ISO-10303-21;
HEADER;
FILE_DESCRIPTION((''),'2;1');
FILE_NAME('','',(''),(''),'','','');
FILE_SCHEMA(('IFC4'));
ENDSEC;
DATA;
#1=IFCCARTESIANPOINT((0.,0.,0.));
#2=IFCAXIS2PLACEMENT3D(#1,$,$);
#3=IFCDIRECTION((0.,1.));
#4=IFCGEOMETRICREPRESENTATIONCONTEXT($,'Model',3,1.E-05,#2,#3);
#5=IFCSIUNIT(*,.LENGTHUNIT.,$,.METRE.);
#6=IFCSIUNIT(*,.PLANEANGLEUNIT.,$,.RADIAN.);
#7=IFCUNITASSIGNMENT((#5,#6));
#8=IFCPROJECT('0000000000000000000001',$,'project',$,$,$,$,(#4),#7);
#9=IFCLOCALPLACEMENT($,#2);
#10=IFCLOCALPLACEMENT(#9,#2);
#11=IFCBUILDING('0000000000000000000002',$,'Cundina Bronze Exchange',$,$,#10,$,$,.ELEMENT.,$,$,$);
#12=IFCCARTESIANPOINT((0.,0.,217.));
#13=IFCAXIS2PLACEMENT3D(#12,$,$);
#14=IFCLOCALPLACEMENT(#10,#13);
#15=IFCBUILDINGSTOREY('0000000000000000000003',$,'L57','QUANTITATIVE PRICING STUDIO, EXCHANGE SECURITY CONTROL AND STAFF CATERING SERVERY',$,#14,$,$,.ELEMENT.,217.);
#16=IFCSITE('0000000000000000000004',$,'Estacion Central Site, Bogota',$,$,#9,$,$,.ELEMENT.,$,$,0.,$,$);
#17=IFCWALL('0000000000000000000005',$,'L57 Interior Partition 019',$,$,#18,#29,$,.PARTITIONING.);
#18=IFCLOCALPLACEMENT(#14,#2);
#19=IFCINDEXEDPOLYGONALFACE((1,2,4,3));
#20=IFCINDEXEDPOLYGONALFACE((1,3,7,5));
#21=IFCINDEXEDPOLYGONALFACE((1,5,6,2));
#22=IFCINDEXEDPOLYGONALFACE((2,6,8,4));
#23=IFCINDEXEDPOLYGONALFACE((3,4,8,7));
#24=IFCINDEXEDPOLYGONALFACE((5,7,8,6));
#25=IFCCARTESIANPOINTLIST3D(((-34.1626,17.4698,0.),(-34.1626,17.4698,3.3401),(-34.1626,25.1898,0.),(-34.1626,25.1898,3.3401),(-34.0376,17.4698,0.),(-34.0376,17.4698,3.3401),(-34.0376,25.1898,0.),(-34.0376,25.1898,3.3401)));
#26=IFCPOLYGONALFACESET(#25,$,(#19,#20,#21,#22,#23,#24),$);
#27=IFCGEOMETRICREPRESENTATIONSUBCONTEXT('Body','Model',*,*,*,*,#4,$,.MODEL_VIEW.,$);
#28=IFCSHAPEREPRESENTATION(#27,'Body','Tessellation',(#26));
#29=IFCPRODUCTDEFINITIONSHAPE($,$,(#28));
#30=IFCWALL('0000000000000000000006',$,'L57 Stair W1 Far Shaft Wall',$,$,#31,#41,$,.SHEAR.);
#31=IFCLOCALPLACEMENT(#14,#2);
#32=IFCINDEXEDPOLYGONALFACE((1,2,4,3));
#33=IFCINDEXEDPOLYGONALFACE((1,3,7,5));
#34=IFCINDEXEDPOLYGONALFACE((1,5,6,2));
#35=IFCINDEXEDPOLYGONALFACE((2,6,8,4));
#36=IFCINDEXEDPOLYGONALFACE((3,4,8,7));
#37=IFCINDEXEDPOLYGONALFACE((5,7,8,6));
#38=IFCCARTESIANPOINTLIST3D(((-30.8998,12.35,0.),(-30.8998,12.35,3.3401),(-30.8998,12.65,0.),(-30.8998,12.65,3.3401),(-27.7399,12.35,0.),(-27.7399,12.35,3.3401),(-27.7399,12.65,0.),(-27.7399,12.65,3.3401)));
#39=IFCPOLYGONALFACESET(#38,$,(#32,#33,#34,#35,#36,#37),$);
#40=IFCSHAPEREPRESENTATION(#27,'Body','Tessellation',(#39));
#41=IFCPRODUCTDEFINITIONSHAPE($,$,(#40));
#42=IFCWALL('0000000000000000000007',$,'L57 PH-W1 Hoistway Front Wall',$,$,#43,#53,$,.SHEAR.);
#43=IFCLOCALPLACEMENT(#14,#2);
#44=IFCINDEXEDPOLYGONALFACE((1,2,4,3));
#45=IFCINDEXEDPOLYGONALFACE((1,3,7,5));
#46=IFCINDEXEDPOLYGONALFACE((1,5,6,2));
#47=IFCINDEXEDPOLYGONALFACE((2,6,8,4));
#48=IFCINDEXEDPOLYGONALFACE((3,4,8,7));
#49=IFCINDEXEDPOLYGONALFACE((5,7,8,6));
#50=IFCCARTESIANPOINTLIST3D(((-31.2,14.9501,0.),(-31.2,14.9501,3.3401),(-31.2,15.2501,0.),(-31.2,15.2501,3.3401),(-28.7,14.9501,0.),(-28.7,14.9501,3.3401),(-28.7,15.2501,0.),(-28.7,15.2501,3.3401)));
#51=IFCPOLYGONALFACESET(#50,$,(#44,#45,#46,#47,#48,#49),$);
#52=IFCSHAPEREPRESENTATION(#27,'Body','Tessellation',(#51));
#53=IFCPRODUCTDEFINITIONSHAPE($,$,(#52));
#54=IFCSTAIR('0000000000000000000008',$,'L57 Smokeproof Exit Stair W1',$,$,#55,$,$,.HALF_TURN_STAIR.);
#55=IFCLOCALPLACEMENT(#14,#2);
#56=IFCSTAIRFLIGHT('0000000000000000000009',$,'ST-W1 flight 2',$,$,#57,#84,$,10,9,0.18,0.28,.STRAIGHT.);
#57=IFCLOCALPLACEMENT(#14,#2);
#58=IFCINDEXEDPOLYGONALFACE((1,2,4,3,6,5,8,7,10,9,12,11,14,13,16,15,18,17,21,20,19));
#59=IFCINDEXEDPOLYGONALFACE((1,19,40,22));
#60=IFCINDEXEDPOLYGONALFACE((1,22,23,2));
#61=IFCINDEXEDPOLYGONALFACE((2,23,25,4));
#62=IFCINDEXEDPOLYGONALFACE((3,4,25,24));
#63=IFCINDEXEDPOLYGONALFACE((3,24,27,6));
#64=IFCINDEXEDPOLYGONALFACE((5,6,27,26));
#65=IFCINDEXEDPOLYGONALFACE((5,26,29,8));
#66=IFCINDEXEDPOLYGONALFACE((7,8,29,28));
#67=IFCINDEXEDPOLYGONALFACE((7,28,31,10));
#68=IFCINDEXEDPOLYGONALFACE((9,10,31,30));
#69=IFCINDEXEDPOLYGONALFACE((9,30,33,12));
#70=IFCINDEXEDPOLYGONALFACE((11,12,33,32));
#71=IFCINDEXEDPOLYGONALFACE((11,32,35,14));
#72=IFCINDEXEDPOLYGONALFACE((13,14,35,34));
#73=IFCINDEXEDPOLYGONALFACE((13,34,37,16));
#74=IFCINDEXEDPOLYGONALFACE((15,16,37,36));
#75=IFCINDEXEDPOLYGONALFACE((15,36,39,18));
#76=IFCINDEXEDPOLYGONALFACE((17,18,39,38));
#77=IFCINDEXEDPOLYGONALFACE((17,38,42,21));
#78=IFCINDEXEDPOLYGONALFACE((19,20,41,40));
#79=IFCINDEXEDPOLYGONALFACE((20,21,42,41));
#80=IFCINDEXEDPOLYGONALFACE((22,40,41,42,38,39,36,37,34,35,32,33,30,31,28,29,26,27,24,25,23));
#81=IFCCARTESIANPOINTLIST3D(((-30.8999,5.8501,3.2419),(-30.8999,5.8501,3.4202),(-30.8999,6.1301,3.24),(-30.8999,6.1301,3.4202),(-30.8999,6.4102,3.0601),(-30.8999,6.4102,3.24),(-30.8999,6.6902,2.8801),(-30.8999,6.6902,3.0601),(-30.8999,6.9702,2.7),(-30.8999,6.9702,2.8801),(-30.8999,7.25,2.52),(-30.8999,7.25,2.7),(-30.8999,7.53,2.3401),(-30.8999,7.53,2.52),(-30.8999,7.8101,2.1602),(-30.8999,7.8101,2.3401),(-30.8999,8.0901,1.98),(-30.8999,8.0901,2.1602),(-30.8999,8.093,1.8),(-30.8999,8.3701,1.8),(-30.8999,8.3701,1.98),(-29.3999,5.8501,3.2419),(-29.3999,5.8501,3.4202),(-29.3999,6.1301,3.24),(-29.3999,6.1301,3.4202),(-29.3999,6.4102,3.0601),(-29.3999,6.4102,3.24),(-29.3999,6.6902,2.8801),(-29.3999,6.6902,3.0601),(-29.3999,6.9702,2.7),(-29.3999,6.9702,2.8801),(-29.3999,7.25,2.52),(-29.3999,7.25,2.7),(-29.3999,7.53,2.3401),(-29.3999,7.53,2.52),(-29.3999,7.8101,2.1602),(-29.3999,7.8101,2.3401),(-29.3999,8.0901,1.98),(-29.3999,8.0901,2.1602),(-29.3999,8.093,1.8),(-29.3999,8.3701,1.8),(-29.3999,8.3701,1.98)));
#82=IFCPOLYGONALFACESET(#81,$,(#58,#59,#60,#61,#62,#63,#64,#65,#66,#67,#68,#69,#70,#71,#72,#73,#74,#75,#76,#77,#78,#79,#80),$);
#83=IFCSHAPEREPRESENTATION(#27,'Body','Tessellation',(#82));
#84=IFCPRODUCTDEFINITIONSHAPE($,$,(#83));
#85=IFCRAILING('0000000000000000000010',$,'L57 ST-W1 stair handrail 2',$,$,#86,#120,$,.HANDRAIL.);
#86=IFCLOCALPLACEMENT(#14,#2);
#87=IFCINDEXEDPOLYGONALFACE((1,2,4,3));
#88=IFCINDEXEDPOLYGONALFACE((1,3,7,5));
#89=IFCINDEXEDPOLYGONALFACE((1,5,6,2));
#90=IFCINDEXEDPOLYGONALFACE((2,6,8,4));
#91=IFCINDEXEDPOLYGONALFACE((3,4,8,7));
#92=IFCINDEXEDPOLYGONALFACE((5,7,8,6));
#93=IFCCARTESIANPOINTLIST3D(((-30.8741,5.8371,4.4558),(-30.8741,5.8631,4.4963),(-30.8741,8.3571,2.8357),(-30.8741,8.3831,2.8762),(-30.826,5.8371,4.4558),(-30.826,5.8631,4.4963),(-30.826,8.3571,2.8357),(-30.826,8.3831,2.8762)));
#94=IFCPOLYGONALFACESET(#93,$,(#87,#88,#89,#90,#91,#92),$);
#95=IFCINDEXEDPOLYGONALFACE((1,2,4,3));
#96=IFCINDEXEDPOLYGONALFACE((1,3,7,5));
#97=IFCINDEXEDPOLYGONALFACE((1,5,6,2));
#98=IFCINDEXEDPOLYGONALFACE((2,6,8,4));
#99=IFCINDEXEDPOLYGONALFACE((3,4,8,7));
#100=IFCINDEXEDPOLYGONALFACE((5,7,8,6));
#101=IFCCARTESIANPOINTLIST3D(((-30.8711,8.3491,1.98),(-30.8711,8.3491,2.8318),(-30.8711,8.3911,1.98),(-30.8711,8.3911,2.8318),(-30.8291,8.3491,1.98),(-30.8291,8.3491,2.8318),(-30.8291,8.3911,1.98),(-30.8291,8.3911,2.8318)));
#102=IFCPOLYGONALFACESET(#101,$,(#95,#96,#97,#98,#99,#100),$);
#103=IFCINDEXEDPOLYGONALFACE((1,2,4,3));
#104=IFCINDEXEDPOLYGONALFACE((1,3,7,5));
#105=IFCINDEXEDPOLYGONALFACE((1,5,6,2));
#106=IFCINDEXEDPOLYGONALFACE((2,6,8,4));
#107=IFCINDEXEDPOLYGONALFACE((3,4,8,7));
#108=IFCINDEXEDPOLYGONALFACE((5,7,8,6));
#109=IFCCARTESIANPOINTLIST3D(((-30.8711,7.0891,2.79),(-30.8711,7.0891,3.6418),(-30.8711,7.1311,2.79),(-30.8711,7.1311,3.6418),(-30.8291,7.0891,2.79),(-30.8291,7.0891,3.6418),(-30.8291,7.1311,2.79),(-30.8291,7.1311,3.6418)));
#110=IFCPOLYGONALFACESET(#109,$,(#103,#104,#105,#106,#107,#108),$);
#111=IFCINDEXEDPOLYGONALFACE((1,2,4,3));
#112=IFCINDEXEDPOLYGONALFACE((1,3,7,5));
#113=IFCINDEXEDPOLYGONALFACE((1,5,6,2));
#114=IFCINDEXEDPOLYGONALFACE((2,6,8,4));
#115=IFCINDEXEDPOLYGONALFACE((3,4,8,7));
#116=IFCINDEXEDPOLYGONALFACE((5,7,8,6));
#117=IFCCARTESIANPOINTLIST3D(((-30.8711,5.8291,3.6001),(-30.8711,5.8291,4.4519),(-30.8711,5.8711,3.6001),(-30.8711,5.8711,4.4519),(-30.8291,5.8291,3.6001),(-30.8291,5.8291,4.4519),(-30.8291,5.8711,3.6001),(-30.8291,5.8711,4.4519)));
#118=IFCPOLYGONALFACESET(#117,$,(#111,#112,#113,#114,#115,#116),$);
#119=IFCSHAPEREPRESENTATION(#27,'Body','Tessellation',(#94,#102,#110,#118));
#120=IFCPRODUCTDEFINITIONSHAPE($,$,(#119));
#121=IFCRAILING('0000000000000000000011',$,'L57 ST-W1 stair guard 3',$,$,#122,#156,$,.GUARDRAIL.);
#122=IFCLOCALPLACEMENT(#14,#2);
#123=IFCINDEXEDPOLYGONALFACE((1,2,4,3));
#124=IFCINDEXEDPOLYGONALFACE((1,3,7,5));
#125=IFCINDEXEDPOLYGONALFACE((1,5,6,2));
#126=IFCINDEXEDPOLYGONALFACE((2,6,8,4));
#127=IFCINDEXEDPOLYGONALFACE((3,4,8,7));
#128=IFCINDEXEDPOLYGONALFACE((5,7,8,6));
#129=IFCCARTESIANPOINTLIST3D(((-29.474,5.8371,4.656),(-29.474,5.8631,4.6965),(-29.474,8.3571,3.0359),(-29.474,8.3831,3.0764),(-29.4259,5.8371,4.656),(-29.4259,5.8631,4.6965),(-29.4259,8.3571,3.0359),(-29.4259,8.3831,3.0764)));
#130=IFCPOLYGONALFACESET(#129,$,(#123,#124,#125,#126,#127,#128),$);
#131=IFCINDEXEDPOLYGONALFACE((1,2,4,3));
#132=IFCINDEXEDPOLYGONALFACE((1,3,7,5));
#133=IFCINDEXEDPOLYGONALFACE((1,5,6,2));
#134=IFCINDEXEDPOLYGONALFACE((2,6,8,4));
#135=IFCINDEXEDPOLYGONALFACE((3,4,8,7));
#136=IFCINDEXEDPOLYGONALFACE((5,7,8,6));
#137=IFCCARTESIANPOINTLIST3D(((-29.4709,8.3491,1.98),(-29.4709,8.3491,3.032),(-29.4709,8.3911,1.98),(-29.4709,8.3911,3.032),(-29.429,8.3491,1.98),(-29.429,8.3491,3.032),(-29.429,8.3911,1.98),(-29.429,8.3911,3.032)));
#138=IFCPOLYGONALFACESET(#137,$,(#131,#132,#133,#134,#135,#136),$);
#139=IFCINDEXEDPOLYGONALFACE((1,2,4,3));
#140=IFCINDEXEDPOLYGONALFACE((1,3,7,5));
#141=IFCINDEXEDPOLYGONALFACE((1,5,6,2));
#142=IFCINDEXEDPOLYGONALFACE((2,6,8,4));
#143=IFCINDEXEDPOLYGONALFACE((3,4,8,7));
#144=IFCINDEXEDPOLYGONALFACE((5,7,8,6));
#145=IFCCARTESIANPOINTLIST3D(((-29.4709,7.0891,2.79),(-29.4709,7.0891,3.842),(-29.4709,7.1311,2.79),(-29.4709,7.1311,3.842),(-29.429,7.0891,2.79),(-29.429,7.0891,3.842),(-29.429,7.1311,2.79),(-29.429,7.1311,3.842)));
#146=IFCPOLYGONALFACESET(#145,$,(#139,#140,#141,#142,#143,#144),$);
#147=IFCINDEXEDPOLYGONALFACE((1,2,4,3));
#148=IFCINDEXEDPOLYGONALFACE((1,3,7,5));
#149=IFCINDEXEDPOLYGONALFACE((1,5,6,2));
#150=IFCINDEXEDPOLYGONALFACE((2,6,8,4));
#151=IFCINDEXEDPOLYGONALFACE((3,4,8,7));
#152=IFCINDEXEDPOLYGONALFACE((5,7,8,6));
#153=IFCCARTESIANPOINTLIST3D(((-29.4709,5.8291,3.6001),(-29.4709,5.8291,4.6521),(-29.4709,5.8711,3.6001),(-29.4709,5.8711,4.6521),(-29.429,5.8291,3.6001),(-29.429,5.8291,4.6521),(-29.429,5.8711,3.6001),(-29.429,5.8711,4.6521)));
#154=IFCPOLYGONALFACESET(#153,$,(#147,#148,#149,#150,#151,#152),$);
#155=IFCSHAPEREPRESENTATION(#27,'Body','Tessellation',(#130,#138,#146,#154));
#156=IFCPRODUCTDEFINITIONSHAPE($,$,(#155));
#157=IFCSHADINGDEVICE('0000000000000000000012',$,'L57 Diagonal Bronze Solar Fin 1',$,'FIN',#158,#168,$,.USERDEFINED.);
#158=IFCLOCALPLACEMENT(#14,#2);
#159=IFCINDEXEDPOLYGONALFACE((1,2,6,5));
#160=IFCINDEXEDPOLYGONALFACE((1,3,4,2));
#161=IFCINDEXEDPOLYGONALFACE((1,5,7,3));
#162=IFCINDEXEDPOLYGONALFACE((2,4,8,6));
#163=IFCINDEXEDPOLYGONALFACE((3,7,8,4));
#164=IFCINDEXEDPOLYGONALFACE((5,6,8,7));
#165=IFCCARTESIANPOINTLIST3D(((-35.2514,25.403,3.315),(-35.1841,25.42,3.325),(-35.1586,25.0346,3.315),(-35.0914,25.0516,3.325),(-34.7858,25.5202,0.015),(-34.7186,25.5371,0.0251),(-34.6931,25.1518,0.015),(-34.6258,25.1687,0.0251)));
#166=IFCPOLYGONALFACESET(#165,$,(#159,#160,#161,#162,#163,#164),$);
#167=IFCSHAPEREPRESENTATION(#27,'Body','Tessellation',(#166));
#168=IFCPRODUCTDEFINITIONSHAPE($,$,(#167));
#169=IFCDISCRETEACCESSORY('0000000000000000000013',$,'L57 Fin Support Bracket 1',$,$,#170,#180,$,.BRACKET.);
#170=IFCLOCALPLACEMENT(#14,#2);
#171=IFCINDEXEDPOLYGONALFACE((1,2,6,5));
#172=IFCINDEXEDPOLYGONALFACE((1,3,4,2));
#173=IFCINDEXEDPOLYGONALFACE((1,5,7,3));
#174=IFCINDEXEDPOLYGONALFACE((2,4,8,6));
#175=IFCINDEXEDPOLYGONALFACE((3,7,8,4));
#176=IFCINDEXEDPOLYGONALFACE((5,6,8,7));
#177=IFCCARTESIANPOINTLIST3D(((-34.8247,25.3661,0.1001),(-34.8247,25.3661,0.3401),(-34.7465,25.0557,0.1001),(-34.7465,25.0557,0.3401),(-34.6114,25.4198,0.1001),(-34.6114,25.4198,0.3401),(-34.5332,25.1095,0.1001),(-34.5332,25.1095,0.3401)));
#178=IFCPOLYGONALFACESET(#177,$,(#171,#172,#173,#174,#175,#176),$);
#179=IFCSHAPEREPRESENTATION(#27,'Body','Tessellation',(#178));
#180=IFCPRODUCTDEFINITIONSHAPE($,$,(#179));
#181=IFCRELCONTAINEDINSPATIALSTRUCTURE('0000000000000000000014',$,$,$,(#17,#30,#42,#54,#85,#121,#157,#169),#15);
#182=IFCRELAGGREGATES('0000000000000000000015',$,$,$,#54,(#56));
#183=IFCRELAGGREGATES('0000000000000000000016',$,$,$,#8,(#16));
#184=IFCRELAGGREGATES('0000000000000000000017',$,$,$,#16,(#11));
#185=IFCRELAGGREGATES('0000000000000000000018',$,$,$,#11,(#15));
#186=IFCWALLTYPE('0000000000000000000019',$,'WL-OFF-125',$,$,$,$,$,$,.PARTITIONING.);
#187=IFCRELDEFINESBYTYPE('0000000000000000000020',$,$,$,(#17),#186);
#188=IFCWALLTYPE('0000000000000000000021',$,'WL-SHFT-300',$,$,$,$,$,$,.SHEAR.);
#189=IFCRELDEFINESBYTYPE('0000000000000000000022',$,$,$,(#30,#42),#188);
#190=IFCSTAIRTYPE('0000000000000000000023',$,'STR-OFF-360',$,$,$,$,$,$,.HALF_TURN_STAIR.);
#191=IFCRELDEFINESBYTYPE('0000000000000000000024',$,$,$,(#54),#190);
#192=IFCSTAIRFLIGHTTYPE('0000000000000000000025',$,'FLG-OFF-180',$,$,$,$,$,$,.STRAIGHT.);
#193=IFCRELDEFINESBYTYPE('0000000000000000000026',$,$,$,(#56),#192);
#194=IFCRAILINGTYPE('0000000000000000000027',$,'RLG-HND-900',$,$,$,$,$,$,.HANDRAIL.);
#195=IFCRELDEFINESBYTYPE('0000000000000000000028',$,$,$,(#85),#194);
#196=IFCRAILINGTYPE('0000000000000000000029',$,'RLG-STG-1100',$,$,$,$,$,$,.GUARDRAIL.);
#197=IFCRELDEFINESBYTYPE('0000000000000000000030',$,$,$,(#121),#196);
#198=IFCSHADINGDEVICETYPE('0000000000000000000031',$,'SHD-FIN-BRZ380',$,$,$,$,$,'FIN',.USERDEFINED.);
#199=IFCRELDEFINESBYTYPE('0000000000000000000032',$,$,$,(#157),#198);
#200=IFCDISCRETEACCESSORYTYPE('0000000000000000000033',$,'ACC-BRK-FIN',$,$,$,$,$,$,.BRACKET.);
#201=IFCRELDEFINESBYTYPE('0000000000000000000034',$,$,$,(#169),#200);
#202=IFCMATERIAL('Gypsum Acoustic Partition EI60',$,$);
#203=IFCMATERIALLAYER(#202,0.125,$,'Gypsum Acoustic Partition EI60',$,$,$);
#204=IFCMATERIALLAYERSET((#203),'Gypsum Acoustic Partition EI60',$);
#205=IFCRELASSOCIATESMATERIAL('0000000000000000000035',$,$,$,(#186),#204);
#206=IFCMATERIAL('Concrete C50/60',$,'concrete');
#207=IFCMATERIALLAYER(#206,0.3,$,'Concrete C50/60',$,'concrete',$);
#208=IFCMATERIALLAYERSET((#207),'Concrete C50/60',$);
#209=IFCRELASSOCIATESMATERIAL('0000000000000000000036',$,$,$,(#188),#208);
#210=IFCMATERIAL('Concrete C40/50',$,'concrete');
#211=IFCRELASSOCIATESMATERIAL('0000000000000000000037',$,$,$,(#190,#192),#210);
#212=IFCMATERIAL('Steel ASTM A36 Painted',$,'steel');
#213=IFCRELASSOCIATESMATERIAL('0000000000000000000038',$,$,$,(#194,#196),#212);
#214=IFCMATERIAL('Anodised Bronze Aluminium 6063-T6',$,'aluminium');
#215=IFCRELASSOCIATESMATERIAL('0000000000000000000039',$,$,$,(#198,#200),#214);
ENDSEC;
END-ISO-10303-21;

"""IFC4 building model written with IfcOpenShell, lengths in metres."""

from ifc_helpers import new_model, si_unit, direction, frame, frame_2d, origin, origin_2d, place, context, subcontext, project, spatial, polyline, rectangle, outline, extrude, material, layer, layer_set, material_profile, profile_set, type_object, element, aggregate, save


model = new_model("IFC4")

# Units and contexts
model_context = context("Model", 3, precision=1e-05, world=origin(), true_north=direction((0.0, 1.0)))
body_context = subcontext(model_context, "Body", "Model", "MODEL_VIEW")
ifc_project = project(units=[si_unit("LENGTHUNIT", "METRE"), si_unit("PLANEANGLEUNIT", "RADIAN")], contexts=[model_context])

# Site, building, storey
site_placement = place(None, origin())
site = spatial("IfcSite", under=ifc_project, at=site_placement, Name="Estacion Central Site, Bogota", CompositionType="ELEMENT", RefElevation=0.0)
building_placement = place(site_placement, origin())
building = spatial("IfcBuilding", under=site, at=building_placement, Name="Cundina Bronze Exchange", CompositionType="ELEMENT")
storey_placement = place(building_placement, frame((0.0, 0.0, 217.0)))
storey = spatial("IfcBuildingStorey", under=building, at=storey_placement, Name="L57", Description="QUANTITATIVE PRICING STUDIO, EXCHANGE SECURITY CONTROL AND STAFF CATERING SERVERY", CompositionType="ELEMENT", Elevation=217.0)

# Shared definitions
ifc_material_1 = material(Name="Concrete C50/60", Category="concrete")

# Shared definitions
ifc_material_2 = material(Name="Anodised Bronze Aluminium 6063-T6", Category="aluminium")

# Wall
ifc_material_3 = material(Name="Gypsum Acoustic Partition EI60")
ifc_layer_1 = layer(ifc_material_3, 0.125, Name="Gypsum Acoustic Partition EI60")
ifc_layer_set_1 = layer_set([ifc_layer_1], Name="Gypsum Acoustic Partition EI60")
wall_type_1 = type_object("IfcWallType", Name="WL-OFF-125", PredefinedType="PARTITIONING", material=ifc_layer_set_1)
wall_1_placement = place(storey_placement, frame((-34.1001, 17.47, 0.0), z_axis=(0.0, 0.0, 1.0), x_axis=(0.0, 1.0, 0.0)))
element("IfcWall", 1, at=wall_1_placement, inside=storey, type_object=wall_type_1, Name="L57 Interior Partition 019", PredefinedType="PARTITIONING", context=body_context, shape_type="SweptSolid", body=[
    extrude(rectangle(XDim=7.72, YDim=0.125, at=frame_2d((3.8599, 0.0))), origin(), (0.0, 0.0, 1.0), 3.3401),
])

# Shared definitions
ifc_layer_2 = layer(ifc_material_1, 0.3, Name="Concrete C50/60", Category="concrete")
ifc_layer_set_2 = layer_set([ifc_layer_2], Name="Concrete C50/60")
wall_type_2 = type_object("IfcWallType", Name="WL-SHFT-300", PredefinedType="SHEAR", material=ifc_layer_set_2)
ifc_material_4 = material(Name="Steel ASTM A36 Painted", Category="steel")

# Walls
wall_2_placement = place(storey_placement, frame((-30.8999, 12.5, 0.0), z_axis=(0.0, 0.0, 1.0), x_axis=(1.0, 0.0, 0.0)))
element("IfcWall", 2, at=wall_2_placement, inside=storey, type_object=wall_type_2, Name="L57 Stair W1 Far Shaft Wall", PredefinedType="SHEAR", context=body_context, shape_type="SweptSolid", body=[
    extrude(rectangle(XDim=3.1599, YDim=0.3, at=frame_2d((1.5801, 0.0))), origin(), (0.0, 0.0, 1.0), 3.3401),
])
wall_3_placement = place(storey_placement, frame((-31.2, 15.1001, 0.0), z_axis=(0.0, 0.0, 1.0), x_axis=(1.0, 0.0, 0.0)))
element("IfcWall", 3, at=wall_3_placement, inside=storey, type_object=wall_type_2, Name="L57 PH-W1 Hoistway Front Wall", PredefinedType="SHEAR", context=body_context, shape_type="SweptSolid", body=[
    extrude(rectangle(XDim=2.5, YDim=0.3, at=frame_2d((1.25, 0.0))), origin(), (0.0, 0.0, 1.0), 3.3401),
])

# Stair, stair flight
ifc_material_5 = material(Name="Concrete C40/50", Category="concrete")
stair_type = type_object("IfcStairType", Name="STR-OFF-360", PredefinedType="HALF_TURN_STAIR", material=ifc_material_5)
stair_placement = place(storey_placement, origin())
stair = element("IfcStair", 4, at=stair_placement, inside=storey, type_object=stair_type, Name="L57 Smokeproof Exit Stair W1", PredefinedType="HALF_TURN_STAIR")
stair_flight_type = type_object("IfcStairFlightType", Name="FLG-OFF-180", PredefinedType="STRAIGHT", material=ifc_material_5)
stair_flight_placement = place(storey_placement, frame((-30.1499, 8.3701, 1.8), z_axis=(0.0, 0.0, 1.0), x_axis=(0.0, -1.0, 0.0)))
stair_flight = element("IfcStairFlight", 5, at=stair_flight_placement, type_object=stair_flight_type, Name="ST-W1 flight 2", NumberOfRisers=10, NumberOfTreads=9, PredefinedType="STRAIGHT", RiserHeight=0.18, TreadLength=0.28, context=body_context, shape_type="SweptSolid", body=[
    extrude(outline(polyline([(0.0, 0.0), (0.0, 0.1799), (0.28, 0.1799), (0.28, 0.3601), (0.5601, 0.3601), (0.5601, 0.54), (0.8401, 0.54), (0.8401, 0.72), (1.1201, 0.72), (1.1201, 0.8999), (1.3999, 0.8999), (1.3999, 1.0801), (1.6799, 1.0801), (1.6799, 1.26), (1.96, 1.26), (1.96, 1.4399), (2.24, 1.4399), (2.24, 1.6201), (2.52, 1.6201), (2.52, 1.8), (2.52, 1.4419), (0.2771, 0.0), (0.0, 0.0)])), frame((0.0, 0.75, 0.0), z_axis=(0.0, -1.0, 0.0), x_axis=(1.0, 0.0, 0.0)), (0.0, 0.0, 1.0), 1.5),
])
aggregate(stair, [stair_flight])

# Railings
railing_type_1 = type_object("IfcRailingType", Name="RLG-HND-900", PredefinedType="HANDRAIL", material=ifc_material_4)
railing_1_placement = place(storey_placement, frame((-30.8501, 8.3701, 1.98)))
element("IfcRailing", 6, at=railing_1_placement, inside=storey, type_object=railing_type_1, Name="L57 ST-W1 stair handrail 2", PredefinedType="HANDRAIL", context=body_context, shape_type="SweptSolid", body=[
    extrude(rectangle(XDim=0.0481, YDim=0.0481, at=origin_2d()), frame((0.0, 0.0, 0.876), z_axis=(0.0, -0.841163, 0.540782), x_axis=(1.0, 0.0, 0.0)), (0.0, 0.0, 1.0), 2.9958),
    extrude(rectangle(XDim=0.042, YDim=0.042, at=origin_2d()), origin(), (0.0, 0.0, 1.0), 0.8518),
    extrude(rectangle(XDim=0.042, YDim=0.042, at=origin_2d()), frame((0.0, -1.26, 0.8101)), (0.0, 0.0, 1.0), 0.8518),
    extrude(rectangle(XDim=0.042, YDim=0.042, at=origin_2d()), frame((0.0, -2.52, 1.6201)), (0.0, 0.0, 1.0), 0.8518),
])
railing_type_2 = type_object("IfcRailingType", Name="RLG-STG-1100", PredefinedType="GUARDRAIL", material=ifc_material_4)
railing_2_placement = place(storey_placement, frame((-29.45, 8.3701, 1.98)))
element("IfcRailing", 7, at=railing_2_placement, inside=storey, type_object=railing_type_2, Name="L57 ST-W1 stair guard 3", PredefinedType="GUARDRAIL", context=body_context, shape_type="SweptSolid", body=[
    extrude(rectangle(XDim=0.0481, YDim=0.0481, at=origin_2d()), frame((0.0, 0.0, 1.0762), z_axis=(0.0, -0.841163, 0.540782), x_axis=(1.0, 0.0, 0.0)), (0.0, 0.0, 1.0), 2.9958),
    extrude(rectangle(XDim=0.042, YDim=0.042, at=origin_2d()), origin(), (0.0, 0.0, 1.0), 1.052),
    extrude(rectangle(XDim=0.042, YDim=0.042, at=origin_2d()), frame((0.0, -1.26, 0.8101)), (0.0, 0.0, 1.0), 1.052),
    extrude(rectangle(XDim=0.042, YDim=0.042, at=origin_2d()), frame((0.0, -2.52, 1.6201)), (0.0, 0.0, 1.0), 1.052),
])

# Shading device
ifc_material_profile_1 = material_profile(ifc_material_2, rectangle(XDim=0.0701, YDim=0.3799, at=origin_2d()), Name="FIN70X380", Category="aluminium")
ifc_profile_set_1 = profile_set([ifc_material_profile_1], Name="Anodised Bronze Aluminium 6063-T6")
shading_device_type = type_object("IfcShadingDeviceType", Name="SHD-FIN-BRZ380", ElementType="FIN", PredefinedType="USERDEFINED", material=ifc_profile_set_1)
shading_device_placement = place(storey_placement, frame((-34.7058, 25.3445, 0.02), z_axis=(-0.139612, -0.035141, 0.989583), x_axis=(0.95965, 0.241548, 0.143967)))
element("IfcShadingDevice", 8, at=shading_device_placement, inside=storey, type_object=shading_device_type, Name="L57 Diagonal Bronze Solar Fin 1", ObjectType="FIN", PredefinedType="USERDEFINED", context=body_context, shape_type="SweptSolid", body=[
    extrude(rectangle(XDim=0.0701, YDim=0.3799, at=origin_2d()), origin(), (0.0, 0.0, 1.0), 3.3347),
])

# Discrete accessory
discrete_accessory_type = type_object("IfcDiscreteAccessoryType", Name="ACC-BRK-FIN", PredefinedType="BRACKET", material=ifc_material_2)
discrete_accessory_placement = place(storey_placement, frame((-34.679, 25.2378, 0.1001), z_axis=(0.0, 0.0, 1.0), x_axis=(-0.969732, -0.244174, 0.0)))
element("IfcDiscreteAccessory", 9, at=discrete_accessory_placement, inside=storey, type_object=discrete_accessory_type, Name="L57 Fin Support Bracket 1", PredefinedType="BRACKET", context=body_context, shape_type="SweptSolid", body=[
    extrude(rectangle(XDim=0.22, YDim=0.3201, at=origin_2d()), origin(), (0.0, 0.0, 1.0), 0.24),
])

save(model, "model.ifc")
